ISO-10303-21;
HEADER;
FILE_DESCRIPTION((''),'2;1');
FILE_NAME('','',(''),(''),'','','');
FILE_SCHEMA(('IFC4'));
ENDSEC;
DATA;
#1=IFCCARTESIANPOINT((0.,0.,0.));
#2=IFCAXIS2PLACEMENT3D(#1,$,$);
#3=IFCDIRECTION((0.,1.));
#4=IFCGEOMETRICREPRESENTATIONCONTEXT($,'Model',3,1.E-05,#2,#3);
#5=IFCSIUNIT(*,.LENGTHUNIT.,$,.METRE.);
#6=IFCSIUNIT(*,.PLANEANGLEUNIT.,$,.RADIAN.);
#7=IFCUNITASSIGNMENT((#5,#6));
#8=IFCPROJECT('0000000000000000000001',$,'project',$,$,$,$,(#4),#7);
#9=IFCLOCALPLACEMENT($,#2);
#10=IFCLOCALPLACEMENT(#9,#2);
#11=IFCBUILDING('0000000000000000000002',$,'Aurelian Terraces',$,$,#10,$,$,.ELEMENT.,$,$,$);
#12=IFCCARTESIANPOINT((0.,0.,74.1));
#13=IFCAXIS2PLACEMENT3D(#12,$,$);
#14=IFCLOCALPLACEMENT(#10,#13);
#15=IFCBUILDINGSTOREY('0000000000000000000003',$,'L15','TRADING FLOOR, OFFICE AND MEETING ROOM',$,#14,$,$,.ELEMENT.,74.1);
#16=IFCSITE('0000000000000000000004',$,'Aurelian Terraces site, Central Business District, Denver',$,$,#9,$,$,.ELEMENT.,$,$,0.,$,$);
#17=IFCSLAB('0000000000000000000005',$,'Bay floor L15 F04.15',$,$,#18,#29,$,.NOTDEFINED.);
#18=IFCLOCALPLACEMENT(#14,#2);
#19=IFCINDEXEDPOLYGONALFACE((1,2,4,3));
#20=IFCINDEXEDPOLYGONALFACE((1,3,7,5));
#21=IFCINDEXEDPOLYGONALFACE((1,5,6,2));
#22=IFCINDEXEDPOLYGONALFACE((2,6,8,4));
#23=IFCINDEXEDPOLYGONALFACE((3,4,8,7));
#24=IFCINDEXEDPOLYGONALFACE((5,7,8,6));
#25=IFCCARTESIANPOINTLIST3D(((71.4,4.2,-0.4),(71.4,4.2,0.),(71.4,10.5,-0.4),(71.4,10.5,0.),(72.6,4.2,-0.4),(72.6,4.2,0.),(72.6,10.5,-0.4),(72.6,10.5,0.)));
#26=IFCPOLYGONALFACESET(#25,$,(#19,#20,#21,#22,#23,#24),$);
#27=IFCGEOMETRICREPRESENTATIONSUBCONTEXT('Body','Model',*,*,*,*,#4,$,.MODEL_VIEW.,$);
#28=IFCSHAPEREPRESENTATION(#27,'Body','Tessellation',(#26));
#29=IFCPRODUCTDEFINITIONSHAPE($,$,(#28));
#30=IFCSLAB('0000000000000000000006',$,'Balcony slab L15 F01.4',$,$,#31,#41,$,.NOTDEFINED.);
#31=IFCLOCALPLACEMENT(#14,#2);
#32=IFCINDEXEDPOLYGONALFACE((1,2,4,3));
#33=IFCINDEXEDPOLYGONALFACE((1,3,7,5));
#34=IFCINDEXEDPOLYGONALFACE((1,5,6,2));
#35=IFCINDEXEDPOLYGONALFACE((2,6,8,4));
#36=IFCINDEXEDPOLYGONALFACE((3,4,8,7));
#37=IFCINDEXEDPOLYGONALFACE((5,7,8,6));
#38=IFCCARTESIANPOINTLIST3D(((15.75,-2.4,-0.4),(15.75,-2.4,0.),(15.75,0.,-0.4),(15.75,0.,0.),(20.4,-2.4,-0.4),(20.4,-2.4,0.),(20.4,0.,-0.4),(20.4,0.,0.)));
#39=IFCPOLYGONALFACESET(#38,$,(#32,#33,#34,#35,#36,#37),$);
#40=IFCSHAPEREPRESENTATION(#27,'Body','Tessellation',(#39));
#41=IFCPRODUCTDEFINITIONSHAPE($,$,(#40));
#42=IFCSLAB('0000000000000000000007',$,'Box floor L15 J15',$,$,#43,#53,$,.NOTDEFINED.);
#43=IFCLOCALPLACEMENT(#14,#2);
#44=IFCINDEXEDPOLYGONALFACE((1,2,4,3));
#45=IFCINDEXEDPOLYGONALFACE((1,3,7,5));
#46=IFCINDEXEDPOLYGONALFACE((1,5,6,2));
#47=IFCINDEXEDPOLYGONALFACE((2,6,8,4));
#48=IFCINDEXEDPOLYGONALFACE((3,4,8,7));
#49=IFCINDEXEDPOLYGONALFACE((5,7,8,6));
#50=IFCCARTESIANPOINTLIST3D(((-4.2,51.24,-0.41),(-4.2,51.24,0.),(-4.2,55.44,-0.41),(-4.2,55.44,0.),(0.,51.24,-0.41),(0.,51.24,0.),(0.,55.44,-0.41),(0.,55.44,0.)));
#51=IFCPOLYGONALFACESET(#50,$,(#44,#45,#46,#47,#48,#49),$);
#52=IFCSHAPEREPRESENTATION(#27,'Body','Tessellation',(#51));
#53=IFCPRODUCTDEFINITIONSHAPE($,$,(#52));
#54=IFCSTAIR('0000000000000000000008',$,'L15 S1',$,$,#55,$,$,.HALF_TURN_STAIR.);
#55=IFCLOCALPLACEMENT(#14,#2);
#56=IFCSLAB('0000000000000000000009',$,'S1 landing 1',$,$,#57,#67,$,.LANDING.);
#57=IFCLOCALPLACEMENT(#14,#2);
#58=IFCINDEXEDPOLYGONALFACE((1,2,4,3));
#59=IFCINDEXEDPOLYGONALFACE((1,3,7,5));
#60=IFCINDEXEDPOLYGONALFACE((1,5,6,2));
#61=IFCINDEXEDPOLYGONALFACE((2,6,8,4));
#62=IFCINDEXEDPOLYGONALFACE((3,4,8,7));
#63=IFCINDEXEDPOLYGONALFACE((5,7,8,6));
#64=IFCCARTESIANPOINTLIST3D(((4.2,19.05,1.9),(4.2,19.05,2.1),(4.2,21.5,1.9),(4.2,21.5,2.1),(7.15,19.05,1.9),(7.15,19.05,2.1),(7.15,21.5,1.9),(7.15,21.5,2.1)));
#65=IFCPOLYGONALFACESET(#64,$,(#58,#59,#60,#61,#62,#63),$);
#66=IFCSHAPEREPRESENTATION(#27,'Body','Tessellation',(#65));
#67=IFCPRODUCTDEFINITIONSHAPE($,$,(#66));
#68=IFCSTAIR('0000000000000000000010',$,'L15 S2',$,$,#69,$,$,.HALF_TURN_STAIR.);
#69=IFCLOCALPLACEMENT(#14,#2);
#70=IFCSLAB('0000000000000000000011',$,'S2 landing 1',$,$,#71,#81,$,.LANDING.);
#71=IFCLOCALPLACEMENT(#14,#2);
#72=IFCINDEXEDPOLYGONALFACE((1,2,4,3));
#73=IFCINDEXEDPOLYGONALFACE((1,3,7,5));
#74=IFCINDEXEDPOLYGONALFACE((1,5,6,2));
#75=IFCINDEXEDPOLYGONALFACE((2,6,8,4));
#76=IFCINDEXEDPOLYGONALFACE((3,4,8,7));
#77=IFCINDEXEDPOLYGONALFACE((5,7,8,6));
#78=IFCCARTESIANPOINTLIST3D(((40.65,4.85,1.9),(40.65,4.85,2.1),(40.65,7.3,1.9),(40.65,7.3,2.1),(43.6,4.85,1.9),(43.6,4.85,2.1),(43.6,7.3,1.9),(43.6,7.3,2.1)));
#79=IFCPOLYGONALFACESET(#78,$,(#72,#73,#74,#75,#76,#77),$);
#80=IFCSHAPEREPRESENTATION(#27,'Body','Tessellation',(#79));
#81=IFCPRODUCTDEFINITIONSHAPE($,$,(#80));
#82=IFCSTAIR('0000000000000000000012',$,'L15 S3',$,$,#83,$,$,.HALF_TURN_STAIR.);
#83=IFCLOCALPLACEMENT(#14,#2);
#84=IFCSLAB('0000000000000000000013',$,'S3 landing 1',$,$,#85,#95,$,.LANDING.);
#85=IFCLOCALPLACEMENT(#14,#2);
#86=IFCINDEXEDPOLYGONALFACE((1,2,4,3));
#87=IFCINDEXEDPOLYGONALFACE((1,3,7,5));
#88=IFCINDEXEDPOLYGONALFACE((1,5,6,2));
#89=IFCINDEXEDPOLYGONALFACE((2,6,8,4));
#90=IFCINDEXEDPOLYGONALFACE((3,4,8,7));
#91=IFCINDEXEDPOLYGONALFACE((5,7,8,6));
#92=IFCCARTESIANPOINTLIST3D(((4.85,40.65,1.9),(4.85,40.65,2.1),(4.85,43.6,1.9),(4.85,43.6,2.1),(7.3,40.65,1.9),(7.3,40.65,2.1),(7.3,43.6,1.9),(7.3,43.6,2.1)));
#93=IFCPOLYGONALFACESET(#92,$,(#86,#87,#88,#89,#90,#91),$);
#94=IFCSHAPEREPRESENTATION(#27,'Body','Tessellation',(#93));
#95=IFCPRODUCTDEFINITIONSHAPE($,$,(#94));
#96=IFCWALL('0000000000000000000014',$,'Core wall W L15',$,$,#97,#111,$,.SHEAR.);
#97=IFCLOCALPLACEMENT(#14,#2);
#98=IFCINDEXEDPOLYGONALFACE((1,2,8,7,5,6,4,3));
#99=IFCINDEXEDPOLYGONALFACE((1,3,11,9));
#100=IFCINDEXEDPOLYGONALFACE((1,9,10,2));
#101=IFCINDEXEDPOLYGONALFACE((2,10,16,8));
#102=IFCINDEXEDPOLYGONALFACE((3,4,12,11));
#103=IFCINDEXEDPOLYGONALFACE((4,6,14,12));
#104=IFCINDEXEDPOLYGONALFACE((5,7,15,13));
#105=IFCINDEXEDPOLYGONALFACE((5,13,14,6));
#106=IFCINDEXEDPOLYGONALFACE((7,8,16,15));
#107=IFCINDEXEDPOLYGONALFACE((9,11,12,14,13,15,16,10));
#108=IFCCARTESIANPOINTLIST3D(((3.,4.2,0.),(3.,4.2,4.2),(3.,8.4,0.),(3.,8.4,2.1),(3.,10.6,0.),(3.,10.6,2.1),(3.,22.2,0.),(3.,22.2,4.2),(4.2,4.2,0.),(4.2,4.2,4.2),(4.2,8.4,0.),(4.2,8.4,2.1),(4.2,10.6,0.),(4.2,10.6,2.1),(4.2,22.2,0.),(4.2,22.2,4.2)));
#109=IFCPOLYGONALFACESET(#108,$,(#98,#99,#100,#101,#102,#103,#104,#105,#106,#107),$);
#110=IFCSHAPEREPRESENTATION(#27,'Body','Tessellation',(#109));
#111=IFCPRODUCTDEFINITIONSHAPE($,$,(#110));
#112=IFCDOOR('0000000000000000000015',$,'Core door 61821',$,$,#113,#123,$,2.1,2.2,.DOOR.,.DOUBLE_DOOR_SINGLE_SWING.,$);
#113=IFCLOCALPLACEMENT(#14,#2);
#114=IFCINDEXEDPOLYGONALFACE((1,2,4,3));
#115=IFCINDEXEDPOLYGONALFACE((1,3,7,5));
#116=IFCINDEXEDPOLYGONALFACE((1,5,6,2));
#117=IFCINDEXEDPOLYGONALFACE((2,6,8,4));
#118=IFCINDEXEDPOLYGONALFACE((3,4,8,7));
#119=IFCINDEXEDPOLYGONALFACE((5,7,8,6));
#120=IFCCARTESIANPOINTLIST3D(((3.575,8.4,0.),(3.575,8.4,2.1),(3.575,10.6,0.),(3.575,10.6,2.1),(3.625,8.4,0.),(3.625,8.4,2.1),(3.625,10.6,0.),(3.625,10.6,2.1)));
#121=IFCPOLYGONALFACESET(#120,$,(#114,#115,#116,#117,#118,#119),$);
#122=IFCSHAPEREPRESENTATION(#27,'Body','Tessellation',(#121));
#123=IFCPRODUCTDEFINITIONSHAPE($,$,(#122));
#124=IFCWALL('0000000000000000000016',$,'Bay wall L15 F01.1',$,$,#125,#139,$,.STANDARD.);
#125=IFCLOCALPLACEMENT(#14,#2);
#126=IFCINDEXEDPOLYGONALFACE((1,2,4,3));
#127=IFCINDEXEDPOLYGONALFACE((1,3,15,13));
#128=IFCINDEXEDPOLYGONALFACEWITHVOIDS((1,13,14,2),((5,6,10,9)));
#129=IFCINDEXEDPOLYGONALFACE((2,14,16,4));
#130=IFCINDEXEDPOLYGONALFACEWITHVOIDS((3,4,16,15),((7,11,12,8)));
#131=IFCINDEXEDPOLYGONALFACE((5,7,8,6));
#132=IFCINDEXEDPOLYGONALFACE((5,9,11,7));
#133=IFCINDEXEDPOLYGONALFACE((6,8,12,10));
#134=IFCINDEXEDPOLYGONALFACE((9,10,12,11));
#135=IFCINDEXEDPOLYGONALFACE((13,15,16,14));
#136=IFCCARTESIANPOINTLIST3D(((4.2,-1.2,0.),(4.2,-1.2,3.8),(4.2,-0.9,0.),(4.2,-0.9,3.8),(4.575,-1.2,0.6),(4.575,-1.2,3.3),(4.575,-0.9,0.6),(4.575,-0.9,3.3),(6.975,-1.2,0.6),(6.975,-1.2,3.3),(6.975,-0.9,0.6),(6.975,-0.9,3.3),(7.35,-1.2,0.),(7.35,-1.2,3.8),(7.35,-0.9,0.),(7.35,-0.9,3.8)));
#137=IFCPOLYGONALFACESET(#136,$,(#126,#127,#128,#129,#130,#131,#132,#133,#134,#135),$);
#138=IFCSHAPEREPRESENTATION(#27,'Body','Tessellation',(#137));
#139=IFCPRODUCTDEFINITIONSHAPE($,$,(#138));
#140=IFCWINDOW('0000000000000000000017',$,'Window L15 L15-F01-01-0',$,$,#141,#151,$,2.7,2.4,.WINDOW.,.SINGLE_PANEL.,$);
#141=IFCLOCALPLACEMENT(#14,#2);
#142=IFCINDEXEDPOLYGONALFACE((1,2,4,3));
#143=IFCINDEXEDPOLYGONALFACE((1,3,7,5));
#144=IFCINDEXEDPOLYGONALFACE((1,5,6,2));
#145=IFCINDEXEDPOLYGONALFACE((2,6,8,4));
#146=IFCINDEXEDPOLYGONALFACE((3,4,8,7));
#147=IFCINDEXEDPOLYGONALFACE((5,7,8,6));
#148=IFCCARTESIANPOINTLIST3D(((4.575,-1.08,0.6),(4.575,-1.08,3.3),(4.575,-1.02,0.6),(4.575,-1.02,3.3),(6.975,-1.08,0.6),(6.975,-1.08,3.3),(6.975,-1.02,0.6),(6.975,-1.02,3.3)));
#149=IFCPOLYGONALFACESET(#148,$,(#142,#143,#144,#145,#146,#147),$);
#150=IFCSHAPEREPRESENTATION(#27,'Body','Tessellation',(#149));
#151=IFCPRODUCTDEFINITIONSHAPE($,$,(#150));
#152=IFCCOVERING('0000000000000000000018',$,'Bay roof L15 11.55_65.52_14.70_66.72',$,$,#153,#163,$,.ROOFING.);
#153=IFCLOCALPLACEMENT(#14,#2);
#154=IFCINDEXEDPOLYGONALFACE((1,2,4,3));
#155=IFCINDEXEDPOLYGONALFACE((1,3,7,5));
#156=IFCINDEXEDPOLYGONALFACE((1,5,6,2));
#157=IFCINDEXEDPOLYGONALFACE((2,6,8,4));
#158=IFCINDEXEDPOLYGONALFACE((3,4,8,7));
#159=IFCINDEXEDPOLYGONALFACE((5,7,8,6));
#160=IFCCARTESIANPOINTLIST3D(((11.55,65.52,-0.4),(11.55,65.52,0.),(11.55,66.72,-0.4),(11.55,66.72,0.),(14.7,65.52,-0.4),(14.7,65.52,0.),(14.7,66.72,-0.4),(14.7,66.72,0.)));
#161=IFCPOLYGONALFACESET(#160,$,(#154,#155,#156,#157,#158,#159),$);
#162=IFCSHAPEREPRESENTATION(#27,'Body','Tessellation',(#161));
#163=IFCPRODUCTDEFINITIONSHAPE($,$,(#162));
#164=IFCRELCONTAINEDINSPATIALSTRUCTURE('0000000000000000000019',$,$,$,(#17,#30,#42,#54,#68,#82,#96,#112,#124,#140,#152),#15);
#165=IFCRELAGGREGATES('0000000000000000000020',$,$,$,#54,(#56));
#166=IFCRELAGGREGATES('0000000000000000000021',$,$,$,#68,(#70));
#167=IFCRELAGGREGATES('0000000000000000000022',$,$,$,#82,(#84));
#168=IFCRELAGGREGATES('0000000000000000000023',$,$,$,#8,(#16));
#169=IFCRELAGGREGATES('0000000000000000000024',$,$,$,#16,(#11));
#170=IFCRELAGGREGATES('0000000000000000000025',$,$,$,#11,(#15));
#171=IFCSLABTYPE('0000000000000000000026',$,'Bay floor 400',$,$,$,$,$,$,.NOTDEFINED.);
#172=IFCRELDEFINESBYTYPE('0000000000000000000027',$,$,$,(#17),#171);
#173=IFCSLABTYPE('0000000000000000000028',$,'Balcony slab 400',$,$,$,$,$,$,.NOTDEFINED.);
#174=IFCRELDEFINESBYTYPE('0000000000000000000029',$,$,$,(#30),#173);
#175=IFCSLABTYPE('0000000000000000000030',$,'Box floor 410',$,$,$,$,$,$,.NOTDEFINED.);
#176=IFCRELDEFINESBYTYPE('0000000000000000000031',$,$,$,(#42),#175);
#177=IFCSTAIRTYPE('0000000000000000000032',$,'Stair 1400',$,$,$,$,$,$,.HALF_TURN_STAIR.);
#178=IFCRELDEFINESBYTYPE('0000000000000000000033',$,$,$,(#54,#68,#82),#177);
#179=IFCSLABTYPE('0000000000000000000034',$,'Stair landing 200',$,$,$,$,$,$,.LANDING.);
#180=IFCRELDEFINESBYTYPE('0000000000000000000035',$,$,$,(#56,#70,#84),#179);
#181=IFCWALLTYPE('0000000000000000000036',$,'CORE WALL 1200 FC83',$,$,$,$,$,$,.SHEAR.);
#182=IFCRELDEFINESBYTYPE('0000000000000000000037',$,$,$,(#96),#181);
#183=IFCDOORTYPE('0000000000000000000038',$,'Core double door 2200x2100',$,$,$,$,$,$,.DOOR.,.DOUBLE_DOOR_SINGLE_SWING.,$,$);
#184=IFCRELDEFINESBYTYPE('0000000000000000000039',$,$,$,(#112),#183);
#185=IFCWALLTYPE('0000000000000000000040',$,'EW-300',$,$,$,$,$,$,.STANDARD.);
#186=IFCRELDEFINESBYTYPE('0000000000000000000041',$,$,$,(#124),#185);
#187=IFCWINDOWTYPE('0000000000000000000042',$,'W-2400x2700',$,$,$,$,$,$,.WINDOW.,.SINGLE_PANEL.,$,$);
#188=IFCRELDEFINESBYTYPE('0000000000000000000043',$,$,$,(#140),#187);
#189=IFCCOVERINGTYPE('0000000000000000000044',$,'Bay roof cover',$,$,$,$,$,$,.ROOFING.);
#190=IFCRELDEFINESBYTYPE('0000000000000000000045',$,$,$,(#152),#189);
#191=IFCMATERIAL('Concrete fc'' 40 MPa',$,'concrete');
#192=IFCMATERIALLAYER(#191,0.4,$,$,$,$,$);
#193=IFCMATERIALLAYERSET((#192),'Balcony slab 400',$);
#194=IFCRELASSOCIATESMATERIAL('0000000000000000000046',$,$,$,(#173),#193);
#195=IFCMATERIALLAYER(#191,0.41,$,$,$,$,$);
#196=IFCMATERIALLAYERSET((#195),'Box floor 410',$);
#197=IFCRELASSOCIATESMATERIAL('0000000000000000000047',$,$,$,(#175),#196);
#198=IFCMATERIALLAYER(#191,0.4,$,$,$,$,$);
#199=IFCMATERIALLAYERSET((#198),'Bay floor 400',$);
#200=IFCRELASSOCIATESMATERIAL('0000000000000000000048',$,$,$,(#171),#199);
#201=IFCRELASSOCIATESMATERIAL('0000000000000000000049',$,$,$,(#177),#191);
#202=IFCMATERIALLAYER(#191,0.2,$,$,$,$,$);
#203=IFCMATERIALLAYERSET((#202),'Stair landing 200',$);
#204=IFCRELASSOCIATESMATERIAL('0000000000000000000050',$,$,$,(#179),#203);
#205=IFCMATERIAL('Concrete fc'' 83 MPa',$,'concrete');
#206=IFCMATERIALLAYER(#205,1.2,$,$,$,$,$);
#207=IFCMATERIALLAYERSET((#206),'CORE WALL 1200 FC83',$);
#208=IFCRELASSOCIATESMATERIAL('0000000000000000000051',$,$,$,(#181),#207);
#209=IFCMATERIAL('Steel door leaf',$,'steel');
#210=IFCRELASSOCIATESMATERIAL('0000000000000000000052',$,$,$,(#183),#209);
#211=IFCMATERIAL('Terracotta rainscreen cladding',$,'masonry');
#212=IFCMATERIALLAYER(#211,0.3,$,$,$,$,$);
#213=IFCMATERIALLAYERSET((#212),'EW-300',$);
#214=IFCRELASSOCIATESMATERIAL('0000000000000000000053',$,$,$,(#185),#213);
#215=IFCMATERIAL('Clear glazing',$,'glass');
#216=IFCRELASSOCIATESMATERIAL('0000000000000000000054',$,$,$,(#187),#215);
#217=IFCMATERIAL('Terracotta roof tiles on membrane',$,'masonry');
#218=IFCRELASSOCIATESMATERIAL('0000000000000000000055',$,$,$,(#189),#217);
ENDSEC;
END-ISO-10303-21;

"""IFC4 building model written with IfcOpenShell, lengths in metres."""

from ifc_helpers import new_model, si_unit, direction, frame, frame_2d, origin, place, context, subcontext, project, spatial, polyline, rectangle, outline, extrude, source, transform, mapped, material, layer, layer_set, type_object, element, fill, aggregate, save


model = new_model("IFC4")

# Units and contexts
model_context = context("Model", 3, precision=1e-05, world=origin(), true_north=direction((0.0, 1.0)))
body_context = subcontext(model_context, "Body", "Model", "MODEL_VIEW")
ifc_project = project(units=[si_unit("LENGTHUNIT", "METRE"), si_unit("PLANEANGLEUNIT", "RADIAN")], contexts=[model_context])

# Site, building, storey
site_placement = place(None, origin())
site = spatial("IfcSite", under=ifc_project, at=site_placement, Name="Aurelian Terraces site, Central Business District, Denver", CompositionType="ELEMENT", RefElevation=0.0)
building_placement = place(site_placement, origin())
building = spatial("IfcBuilding", under=site, at=building_placement, Name="Aurelian Terraces", CompositionType="ELEMENT")
storey_placement = place(building_placement, frame((0.0, 0.0, 74.1)))
storey = spatial("IfcBuildingStorey", under=building, at=storey_placement, Name="L15", Description="TRADING FLOOR, OFFICE AND MEETING ROOM", CompositionType="ELEMENT", Elevation=74.1)

# Slabs
ifc_material_1 = material(Name="Concrete fc' 40 MPa", Category="concrete")
ifc_layer_1 = layer(ifc_material_1, 0.4)
ifc_layer_set_1 = layer_set([ifc_layer_1], Name="Balcony slab 400")
slab_type_1 = type_object("IfcSlabType", Name="Balcony slab 400", PredefinedType="NOTDEFINED", material=ifc_layer_set_1)
ifc_layer_2 = layer(ifc_material_1, 0.41)
ifc_layer_set_2 = layer_set([ifc_layer_2], Name="Box floor 410")
slab_type_2 = type_object("IfcSlabType", Name="Box floor 410", PredefinedType="NOTDEFINED", material=ifc_layer_set_2)
ifc_layer_3 = layer(ifc_material_1, 0.4)
ifc_layer_set_3 = layer_set([ifc_layer_3], Name="Bay floor 400")
slab_type_3 = type_object("IfcSlabType", Name="Bay floor 400", PredefinedType="NOTDEFINED", material=ifc_layer_set_3)
shared_shape_1 = source(origin(), body_context, "Body", "SweptSolid", [
    extrude(outline(polyline([(71.4, 4.2), (71.4, 10.5), (72.6, 10.5), (72.6, 4.2), (71.4, 4.2)])), origin(), (0.0, 0.0, 1.0), 0.4),
])
slab_1_placement = place(storey_placement, frame((0.0, 0.0, -0.4)))
element("IfcSlab", 1, at=slab_1_placement, inside=storey, type_object=slab_type_3, Name="Bay floor L15 F04.15", PredefinedType="NOTDEFINED", context=body_context, shape_type="MappedRepresentation", body=[
    mapped(shared_shape_1, transform((0.0, 0.0, 0.0), scale=1.0)),
])
shared_shape_2 = source(origin(), body_context, "Body", "SweptSolid", [
    extrude(outline(polyline([(15.75, 0.0), (20.4, 0.0), (20.4, -2.4), (15.75, -2.4), (15.75, 0.0)])), origin(), (0.0, 0.0, 1.0), 0.4),
])
slab_2_placement = place(storey_placement, frame((0.0, 0.0, -0.4)))
element("IfcSlab", 2, at=slab_2_placement, inside=storey, type_object=slab_type_1, Name="Balcony slab L15 F01.4", PredefinedType="NOTDEFINED", context=body_context, shape_type="MappedRepresentation", body=[
    mapped(shared_shape_2, transform((0.0, 0.0, 0.0), scale=1.0)),
])
shared_shape_3 = source(origin(), body_context, "Body", "SweptSolid", [
    extrude(outline(polyline([(-4.2, 55.44), (-4.2, 51.24), (0.0, 51.24), (0.0, 55.44), (-4.2, 55.44)])), origin(), (0.0, 0.0, 1.0), 0.41),
])
slab_3_placement = place(storey_placement, frame((0.0, 0.0, -0.41)))
element("IfcSlab", 3, at=slab_3_placement, inside=storey, type_object=slab_type_2, Name="Box floor L15 J15", PredefinedType="NOTDEFINED", context=body_context, shape_type="MappedRepresentation", body=[
    mapped(shared_shape_3, transform((0.0, 0.0, 0.0), scale=1.0)),
])

# Stairs, slabs
stair_type = type_object("IfcStairType", Name="Stair 1400", PredefinedType="HALF_TURN_STAIR", material=ifc_material_1)
stair_1_placement = place(storey_placement, origin())
stair_1 = element("IfcStair", 4, at=stair_1_placement, inside=storey, type_object=stair_type, Name="L15 S1", PredefinedType="HALF_TURN_STAIR")
ifc_layer_4 = layer(ifc_material_1, 0.2)
ifc_layer_set_4 = layer_set([ifc_layer_4], Name="Stair landing 200")
slab_type_4 = type_object("IfcSlabType", Name="Stair landing 200", PredefinedType="LANDING", material=ifc_layer_set_4)
shared_shape_4 = source(origin(), body_context, "Body", "SweptSolid", [
    extrude(outline(polyline([(7.15, 19.05), (7.15, 21.5), (4.2, 21.5), (4.2, 19.05), (7.15, 19.05)])), origin(), (0.0, 0.0, 1.0), 0.2),
])
slab_4_placement = place(storey_placement, frame((0.0, 0.0, 1.9)))
slab_4 = element("IfcSlab", 5, at=slab_4_placement, type_object=slab_type_4, Name="S1 landing 1", PredefinedType="LANDING", context=body_context, shape_type="MappedRepresentation", body=[
    mapped(shared_shape_4, transform((0.0, 0.0, 0.0), scale=1.0)),
])
aggregate(stair_1, [slab_4])
stair_2_placement = place(storey_placement, origin())
stair_2 = element("IfcStair", 6, at=stair_2_placement, inside=storey, type_object=stair_type, Name="L15 S2", PredefinedType="HALF_TURN_STAIR")
shared_shape_5 = source(origin(), body_context, "Body", "SweptSolid", [
    extrude(outline(polyline([(43.6, 4.85), (43.6, 7.3), (40.65, 7.3), (40.65, 4.85), (43.6, 4.85)])), origin(), (0.0, 0.0, 1.0), 0.2),
])
slab_5_placement = place(storey_placement, frame((0.0, 0.0, 1.9)))
slab_5 = element("IfcSlab", 7, at=slab_5_placement, type_object=slab_type_4, Name="S2 landing 1", PredefinedType="LANDING", context=body_context, shape_type="MappedRepresentation", body=[
    mapped(shared_shape_5, transform((0.0, 0.0, 0.0), scale=1.0)),
])
aggregate(stair_2, [slab_5])
stair_3_placement = place(storey_placement, origin())
stair_3 = element("IfcStair", 8, at=stair_3_placement, inside=storey, type_object=stair_type, Name="L15 S3", PredefinedType="HALF_TURN_STAIR")
shared_shape_6 = source(origin(), body_context, "Body", "SweptSolid", [
    extrude(outline(polyline([(4.85, 40.65), (7.3, 40.65), (7.3, 43.6), (4.85, 43.6), (4.85, 40.65)])), origin(), (0.0, 0.0, 1.0), 0.2),
])
slab_6_placement = place(storey_placement, frame((0.0, 0.0, 1.9)))
slab_6 = element("IfcSlab", 9, at=slab_6_placement, type_object=slab_type_4, Name="S3 landing 1", PredefinedType="LANDING", context=body_context, shape_type="MappedRepresentation", body=[
    mapped(shared_shape_6, transform((0.0, 0.0, 0.0), scale=1.0)),
])
aggregate(stair_3, [slab_6])

# Wall, opening, door
ifc_material_2 = material(Name="Concrete fc' 83 MPa", Category="concrete")
ifc_layer_5 = layer(ifc_material_2, 1.2)
ifc_layer_set_5 = layer_set([ifc_layer_5], Name="CORE WALL 1200 FC83")
wall_type_1 = type_object("IfcWallType", Name="CORE WALL 1200 FC83", PredefinedType="SHEAR", material=ifc_layer_set_5)
shared_shape_7 = source(origin(), body_context, "Body", "SweptSolid", [
    extrude(rectangle(XDim=18.0, YDim=1.2, at=frame_2d((9.0, 0.0))), origin(), (0.0, 0.0, 1.0), 4.2),
])
wall_1_placement = place(storey_placement, frame((3.6, 4.2, 0.0), z_axis=(0.0, 0.0, 1.0), x_axis=(0.0, 1.0, 0.0)))
wall_1 = element("IfcWall", 10, at=wall_1_placement, inside=storey, type_object=wall_type_1, Name="Core wall W L15", PredefinedType="SHEAR", context=body_context, shape_type="MappedRepresentation", body=[
    mapped(shared_shape_7, transform((0.0, 0.0, 0.0), scale=1.0)),
])
shared_shape_8 = source(origin(), body_context, "Body", "SweptSolid", [
    extrude(rectangle(XDim=2.2, YDim=2.1, at=frame_2d((1.1, 1.05))), frame((0.0, 0.61, 0.0), z_axis=(0.0, -1.0, 0.0), x_axis=(1.0, 0.0, 0.0)), (0.0, 0.0, 1.0), 1.22),
])
opening_1_placement = place(wall_1_placement, frame((4.2, 0.0, 0.0)))
opening_1 = element("IfcOpeningElement", 11, at=opening_1_placement, cuts=wall_1, PredefinedType="OPENING", context=body_context, shape_type="MappedRepresentation", body=[
    mapped(shared_shape_8, transform((0.0, 0.0, 0.0), scale=1.0)),
])
ifc_material_3 = material(Name="Steel door leaf", Category="steel")
door_type = type_object("IfcDoorType", Name="Core double door 2200x2100", OperationType="DOUBLE_DOOR_SINGLE_SWING", PredefinedType="DOOR", material=ifc_material_3)
shared_shape_9 = source(origin(), body_context, "Body", "SweptSolid", [
    extrude(rectangle(XDim=2.2, YDim=2.1, at=frame_2d((1.1, 1.05))), frame((0.0, 0.025, 0.0), z_axis=(0.0, -1.0, 0.0), x_axis=(1.0, 0.0, 0.0)), (0.0, 0.0, 1.0), 0.05),
])
door_placement = place(opening_1_placement, origin())
door = element("IfcDoor", 12, at=door_placement, inside=storey, type_object=door_type, Name="Core door 61821", OperationType="DOUBLE_DOOR_SINGLE_SWING", OverallHeight=2.1, OverallWidth=2.2, PredefinedType="DOOR", context=body_context, shape_type="MappedRepresentation", body=[
    mapped(shared_shape_9, transform((0.0, 0.0, 0.0), scale=1.0)),
])
fill(opening_1, door)

# Wall, opening, window
ifc_material_4 = material(Name="Terracotta rainscreen cladding", Category="masonry")
ifc_layer_6 = layer(ifc_material_4, 0.3)
ifc_layer_set_6 = layer_set([ifc_layer_6], Name="EW-300")
wall_type_2 = type_object("IfcWallType", Name="EW-300", PredefinedType="STANDARD", material=ifc_layer_set_6)
shared_shape_10 = source(origin(), body_context, "Body", "SweptSolid", [
    extrude(rectangle(XDim=3.15, YDim=0.3, at=frame_2d((1.575, 0.0))), origin(), (0.0, 0.0, 1.0), 3.8),
])
wall_2_placement = place(storey_placement, frame((4.2, -1.05, 0.0), z_axis=(0.0, 0.0, 1.0), x_axis=(1.0, 0.0, 0.0)))
wall_2 = element("IfcWall", 13, at=wall_2_placement, inside=storey, type_object=wall_type_2, Name="Bay wall L15 F01.1", PredefinedType="STANDARD", context=body_context, shape_type="MappedRepresentation", body=[
    mapped(shared_shape_10, transform((0.0, 0.0, 0.0), scale=1.0)),
])
shared_shape_11 = source(origin(), body_context, "Body", "SweptSolid", [
    extrude(rectangle(XDim=2.4, YDim=2.7, at=frame_2d((1.2, 1.35))), frame((0.0, 0.16, 0.0), z_axis=(0.0, -1.0, 0.0), x_axis=(1.0, 0.0, 0.0)), (0.0, 0.0, 1.0), 0.32),
])
opening_2_placement = place(wall_2_placement, frame((0.375, 0.0, 0.6)))
opening_2 = element("IfcOpeningElement", 14, at=opening_2_placement, cuts=wall_2, PredefinedType="OPENING", context=body_context, shape_type="MappedRepresentation", body=[
    mapped(shared_shape_11, transform((0.0, 0.0, 0.0), scale=1.0)),
])
ifc_material_5 = material(Name="Clear glazing", Category="glass")
window_type = type_object("IfcWindowType", Name="W-2400x2700", PartitioningType="SINGLE_PANEL", PredefinedType="WINDOW", material=ifc_material_5)
shared_shape_12 = source(origin(), body_context, "Body", "SweptSolid", [
    extrude(rectangle(XDim=2.4, YDim=2.7, at=frame_2d((1.2, 1.35))), frame((0.0, 0.03, 0.0), z_axis=(0.0, -1.0, 0.0), x_axis=(1.0, 0.0, 0.0)), (0.0, 0.0, 1.0), 0.06),
])
window_placement = place(opening_2_placement, origin())
window = element("IfcWindow", 15, at=window_placement, inside=storey, type_object=window_type, Name="Window L15 L15-F01-01-0", OverallHeight=2.7, OverallWidth=2.4, PartitioningType="SINGLE_PANEL", PredefinedType="WINDOW", context=body_context, shape_type="MappedRepresentation", body=[
    mapped(shared_shape_12, transform((0.0, 0.0, 0.0), scale=1.0)),
])
fill(opening_2, window)

# Covering
ifc_material_6 = material(Name="Terracotta roof tiles on membrane", Category="masonry")
covering_type = type_object("IfcCoveringType", Name="Bay roof cover", PredefinedType="ROOFING", material=ifc_material_6)
covering_placement = place(storey_placement, frame((0.0, 0.0, -0.4)))
element("IfcCovering", 16, at=covering_placement, inside=storey, type_object=covering_type, Name="Bay roof L15 11.55_65.52_14.70_66.72", PredefinedType="ROOFING", context=body_context, shape_type="SweptSolid", body=[
    extrude(outline(polyline([(11.55, 65.52), (11.55, 66.72), (14.7, 66.72), (14.7, 65.52), (11.55, 65.52)])), origin(), (0.0, 0.0, 1.0), 0.4),
])

save(model, "model.ifc")
